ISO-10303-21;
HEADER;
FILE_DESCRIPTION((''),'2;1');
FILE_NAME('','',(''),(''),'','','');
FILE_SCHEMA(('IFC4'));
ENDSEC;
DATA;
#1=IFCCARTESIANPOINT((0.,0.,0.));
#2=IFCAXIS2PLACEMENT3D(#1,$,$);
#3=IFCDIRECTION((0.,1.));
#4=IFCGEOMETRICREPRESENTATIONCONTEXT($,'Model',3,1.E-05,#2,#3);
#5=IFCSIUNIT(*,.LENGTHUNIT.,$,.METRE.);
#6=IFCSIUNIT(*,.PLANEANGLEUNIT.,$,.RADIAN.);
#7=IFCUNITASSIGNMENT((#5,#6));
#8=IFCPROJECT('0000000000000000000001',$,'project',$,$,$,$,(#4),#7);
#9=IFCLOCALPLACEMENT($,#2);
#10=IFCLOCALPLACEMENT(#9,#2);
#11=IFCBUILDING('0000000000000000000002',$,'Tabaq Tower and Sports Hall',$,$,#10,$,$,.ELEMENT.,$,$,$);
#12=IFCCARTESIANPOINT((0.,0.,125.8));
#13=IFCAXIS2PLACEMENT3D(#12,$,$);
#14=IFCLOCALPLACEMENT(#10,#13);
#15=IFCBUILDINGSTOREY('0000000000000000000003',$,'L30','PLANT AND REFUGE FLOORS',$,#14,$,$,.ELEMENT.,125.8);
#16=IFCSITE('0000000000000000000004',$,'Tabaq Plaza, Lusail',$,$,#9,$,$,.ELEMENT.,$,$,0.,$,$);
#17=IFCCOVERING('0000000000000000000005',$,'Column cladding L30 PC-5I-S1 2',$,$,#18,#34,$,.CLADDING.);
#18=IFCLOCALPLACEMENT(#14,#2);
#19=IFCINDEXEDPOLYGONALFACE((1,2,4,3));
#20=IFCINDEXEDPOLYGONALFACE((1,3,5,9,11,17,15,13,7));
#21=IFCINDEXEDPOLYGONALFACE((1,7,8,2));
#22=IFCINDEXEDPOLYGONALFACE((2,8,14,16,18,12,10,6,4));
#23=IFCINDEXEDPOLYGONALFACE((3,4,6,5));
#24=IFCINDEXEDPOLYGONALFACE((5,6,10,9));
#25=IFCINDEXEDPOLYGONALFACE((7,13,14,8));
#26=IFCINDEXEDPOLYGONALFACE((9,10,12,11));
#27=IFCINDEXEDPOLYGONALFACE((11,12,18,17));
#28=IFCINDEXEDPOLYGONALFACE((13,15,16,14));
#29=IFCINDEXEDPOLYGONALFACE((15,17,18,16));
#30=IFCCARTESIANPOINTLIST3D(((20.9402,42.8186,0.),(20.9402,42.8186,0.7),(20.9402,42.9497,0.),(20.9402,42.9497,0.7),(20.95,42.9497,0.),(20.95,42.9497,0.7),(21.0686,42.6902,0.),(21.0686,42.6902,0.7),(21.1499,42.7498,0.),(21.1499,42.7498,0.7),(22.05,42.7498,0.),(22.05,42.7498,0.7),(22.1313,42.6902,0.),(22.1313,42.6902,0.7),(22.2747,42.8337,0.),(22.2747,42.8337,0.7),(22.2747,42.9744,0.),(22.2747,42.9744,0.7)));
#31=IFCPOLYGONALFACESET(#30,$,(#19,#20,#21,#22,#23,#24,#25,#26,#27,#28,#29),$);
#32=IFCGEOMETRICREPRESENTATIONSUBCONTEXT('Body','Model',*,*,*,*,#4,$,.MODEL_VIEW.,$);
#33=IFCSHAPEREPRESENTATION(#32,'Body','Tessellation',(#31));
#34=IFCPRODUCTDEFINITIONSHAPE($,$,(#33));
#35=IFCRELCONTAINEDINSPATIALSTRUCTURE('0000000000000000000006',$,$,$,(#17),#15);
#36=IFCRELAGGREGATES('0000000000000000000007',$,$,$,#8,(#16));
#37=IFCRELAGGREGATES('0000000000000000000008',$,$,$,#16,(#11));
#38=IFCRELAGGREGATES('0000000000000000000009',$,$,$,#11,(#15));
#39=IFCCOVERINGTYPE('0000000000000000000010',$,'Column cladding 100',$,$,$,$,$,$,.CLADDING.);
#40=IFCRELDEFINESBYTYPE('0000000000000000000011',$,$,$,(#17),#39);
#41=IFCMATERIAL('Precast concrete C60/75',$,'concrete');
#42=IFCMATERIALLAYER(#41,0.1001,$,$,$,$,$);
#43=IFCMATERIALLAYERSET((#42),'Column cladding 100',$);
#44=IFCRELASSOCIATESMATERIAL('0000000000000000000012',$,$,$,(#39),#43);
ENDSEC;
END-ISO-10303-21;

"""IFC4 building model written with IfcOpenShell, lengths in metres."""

from ifc_helpers import new_model, si_unit, direction, frame, origin, place, context, subcontext, project, spatial, polyline, outline, extrude, material, layer, layer_set, type_object, element, save


model = new_model("IFC4")

# Units and contexts
model_context = context("Model", 3, precision=1e-05, world=origin(), true_north=direction((0.0, 1.0)))
body_context = subcontext(model_context, "Body", "Model", "MODEL_VIEW")
ifc_project = project(units=[si_unit("LENGTHUNIT", "METRE"), si_unit("PLANEANGLEUNIT", "RADIAN")], contexts=[model_context])

# Site, building, storey
site_placement = place(None, origin())
site = spatial("IfcSite", under=ifc_project, at=site_placement, Name="Tabaq Plaza, Lusail", CompositionType="ELEMENT", RefElevation=0.0)
building_placement = place(site_placement, origin())
building = spatial("IfcBuilding", under=site, at=building_placement, Name="Tabaq Tower and Sports Hall", CompositionType="ELEMENT")
storey_placement = place(building_placement, frame((0.0, 0.0, 125.8)))
storey = spatial("IfcBuildingStorey", under=building, at=storey_placement, Name="L30", Description="PLANT AND REFUGE FLOORS", CompositionType="ELEMENT", Elevation=125.8)

# Covering
ifc_material_1 = material(Name="Precast concrete C60/75", Category="concrete")
ifc_layer_1 = layer(ifc_material_1, 0.1001)
ifc_layer_set_1 = layer_set([ifc_layer_1], Name="Column cladding 100")
covering_type = type_object("IfcCoveringType", Name="Column cladding 100", PredefinedType="CLADDING", material=ifc_layer_set_1)
covering_1_placement = place(storey_placement, origin())
element("IfcCovering", 1, at=covering_1_placement, inside=storey, type_object=covering_type, Name="Column cladding L30 PC-5I-S1 2", PredefinedType="CLADDING", context=body_context, shape_type="SweptSolid", body=[
    extrude(outline(polyline([(22.1313, 42.6902), (21.0686, 42.6902), (20.9402, 42.8186), (20.9402, 42.9497), (20.95, 42.9497), (21.1499, 42.7498), (22.05, 42.7498), (22.2747, 42.9744), (22.2747, 42.8337), (22.1313, 42.6902)])), origin(), (0.0, 0.0, 1.0), 0.7),
])

save(model, "model.ifc")
